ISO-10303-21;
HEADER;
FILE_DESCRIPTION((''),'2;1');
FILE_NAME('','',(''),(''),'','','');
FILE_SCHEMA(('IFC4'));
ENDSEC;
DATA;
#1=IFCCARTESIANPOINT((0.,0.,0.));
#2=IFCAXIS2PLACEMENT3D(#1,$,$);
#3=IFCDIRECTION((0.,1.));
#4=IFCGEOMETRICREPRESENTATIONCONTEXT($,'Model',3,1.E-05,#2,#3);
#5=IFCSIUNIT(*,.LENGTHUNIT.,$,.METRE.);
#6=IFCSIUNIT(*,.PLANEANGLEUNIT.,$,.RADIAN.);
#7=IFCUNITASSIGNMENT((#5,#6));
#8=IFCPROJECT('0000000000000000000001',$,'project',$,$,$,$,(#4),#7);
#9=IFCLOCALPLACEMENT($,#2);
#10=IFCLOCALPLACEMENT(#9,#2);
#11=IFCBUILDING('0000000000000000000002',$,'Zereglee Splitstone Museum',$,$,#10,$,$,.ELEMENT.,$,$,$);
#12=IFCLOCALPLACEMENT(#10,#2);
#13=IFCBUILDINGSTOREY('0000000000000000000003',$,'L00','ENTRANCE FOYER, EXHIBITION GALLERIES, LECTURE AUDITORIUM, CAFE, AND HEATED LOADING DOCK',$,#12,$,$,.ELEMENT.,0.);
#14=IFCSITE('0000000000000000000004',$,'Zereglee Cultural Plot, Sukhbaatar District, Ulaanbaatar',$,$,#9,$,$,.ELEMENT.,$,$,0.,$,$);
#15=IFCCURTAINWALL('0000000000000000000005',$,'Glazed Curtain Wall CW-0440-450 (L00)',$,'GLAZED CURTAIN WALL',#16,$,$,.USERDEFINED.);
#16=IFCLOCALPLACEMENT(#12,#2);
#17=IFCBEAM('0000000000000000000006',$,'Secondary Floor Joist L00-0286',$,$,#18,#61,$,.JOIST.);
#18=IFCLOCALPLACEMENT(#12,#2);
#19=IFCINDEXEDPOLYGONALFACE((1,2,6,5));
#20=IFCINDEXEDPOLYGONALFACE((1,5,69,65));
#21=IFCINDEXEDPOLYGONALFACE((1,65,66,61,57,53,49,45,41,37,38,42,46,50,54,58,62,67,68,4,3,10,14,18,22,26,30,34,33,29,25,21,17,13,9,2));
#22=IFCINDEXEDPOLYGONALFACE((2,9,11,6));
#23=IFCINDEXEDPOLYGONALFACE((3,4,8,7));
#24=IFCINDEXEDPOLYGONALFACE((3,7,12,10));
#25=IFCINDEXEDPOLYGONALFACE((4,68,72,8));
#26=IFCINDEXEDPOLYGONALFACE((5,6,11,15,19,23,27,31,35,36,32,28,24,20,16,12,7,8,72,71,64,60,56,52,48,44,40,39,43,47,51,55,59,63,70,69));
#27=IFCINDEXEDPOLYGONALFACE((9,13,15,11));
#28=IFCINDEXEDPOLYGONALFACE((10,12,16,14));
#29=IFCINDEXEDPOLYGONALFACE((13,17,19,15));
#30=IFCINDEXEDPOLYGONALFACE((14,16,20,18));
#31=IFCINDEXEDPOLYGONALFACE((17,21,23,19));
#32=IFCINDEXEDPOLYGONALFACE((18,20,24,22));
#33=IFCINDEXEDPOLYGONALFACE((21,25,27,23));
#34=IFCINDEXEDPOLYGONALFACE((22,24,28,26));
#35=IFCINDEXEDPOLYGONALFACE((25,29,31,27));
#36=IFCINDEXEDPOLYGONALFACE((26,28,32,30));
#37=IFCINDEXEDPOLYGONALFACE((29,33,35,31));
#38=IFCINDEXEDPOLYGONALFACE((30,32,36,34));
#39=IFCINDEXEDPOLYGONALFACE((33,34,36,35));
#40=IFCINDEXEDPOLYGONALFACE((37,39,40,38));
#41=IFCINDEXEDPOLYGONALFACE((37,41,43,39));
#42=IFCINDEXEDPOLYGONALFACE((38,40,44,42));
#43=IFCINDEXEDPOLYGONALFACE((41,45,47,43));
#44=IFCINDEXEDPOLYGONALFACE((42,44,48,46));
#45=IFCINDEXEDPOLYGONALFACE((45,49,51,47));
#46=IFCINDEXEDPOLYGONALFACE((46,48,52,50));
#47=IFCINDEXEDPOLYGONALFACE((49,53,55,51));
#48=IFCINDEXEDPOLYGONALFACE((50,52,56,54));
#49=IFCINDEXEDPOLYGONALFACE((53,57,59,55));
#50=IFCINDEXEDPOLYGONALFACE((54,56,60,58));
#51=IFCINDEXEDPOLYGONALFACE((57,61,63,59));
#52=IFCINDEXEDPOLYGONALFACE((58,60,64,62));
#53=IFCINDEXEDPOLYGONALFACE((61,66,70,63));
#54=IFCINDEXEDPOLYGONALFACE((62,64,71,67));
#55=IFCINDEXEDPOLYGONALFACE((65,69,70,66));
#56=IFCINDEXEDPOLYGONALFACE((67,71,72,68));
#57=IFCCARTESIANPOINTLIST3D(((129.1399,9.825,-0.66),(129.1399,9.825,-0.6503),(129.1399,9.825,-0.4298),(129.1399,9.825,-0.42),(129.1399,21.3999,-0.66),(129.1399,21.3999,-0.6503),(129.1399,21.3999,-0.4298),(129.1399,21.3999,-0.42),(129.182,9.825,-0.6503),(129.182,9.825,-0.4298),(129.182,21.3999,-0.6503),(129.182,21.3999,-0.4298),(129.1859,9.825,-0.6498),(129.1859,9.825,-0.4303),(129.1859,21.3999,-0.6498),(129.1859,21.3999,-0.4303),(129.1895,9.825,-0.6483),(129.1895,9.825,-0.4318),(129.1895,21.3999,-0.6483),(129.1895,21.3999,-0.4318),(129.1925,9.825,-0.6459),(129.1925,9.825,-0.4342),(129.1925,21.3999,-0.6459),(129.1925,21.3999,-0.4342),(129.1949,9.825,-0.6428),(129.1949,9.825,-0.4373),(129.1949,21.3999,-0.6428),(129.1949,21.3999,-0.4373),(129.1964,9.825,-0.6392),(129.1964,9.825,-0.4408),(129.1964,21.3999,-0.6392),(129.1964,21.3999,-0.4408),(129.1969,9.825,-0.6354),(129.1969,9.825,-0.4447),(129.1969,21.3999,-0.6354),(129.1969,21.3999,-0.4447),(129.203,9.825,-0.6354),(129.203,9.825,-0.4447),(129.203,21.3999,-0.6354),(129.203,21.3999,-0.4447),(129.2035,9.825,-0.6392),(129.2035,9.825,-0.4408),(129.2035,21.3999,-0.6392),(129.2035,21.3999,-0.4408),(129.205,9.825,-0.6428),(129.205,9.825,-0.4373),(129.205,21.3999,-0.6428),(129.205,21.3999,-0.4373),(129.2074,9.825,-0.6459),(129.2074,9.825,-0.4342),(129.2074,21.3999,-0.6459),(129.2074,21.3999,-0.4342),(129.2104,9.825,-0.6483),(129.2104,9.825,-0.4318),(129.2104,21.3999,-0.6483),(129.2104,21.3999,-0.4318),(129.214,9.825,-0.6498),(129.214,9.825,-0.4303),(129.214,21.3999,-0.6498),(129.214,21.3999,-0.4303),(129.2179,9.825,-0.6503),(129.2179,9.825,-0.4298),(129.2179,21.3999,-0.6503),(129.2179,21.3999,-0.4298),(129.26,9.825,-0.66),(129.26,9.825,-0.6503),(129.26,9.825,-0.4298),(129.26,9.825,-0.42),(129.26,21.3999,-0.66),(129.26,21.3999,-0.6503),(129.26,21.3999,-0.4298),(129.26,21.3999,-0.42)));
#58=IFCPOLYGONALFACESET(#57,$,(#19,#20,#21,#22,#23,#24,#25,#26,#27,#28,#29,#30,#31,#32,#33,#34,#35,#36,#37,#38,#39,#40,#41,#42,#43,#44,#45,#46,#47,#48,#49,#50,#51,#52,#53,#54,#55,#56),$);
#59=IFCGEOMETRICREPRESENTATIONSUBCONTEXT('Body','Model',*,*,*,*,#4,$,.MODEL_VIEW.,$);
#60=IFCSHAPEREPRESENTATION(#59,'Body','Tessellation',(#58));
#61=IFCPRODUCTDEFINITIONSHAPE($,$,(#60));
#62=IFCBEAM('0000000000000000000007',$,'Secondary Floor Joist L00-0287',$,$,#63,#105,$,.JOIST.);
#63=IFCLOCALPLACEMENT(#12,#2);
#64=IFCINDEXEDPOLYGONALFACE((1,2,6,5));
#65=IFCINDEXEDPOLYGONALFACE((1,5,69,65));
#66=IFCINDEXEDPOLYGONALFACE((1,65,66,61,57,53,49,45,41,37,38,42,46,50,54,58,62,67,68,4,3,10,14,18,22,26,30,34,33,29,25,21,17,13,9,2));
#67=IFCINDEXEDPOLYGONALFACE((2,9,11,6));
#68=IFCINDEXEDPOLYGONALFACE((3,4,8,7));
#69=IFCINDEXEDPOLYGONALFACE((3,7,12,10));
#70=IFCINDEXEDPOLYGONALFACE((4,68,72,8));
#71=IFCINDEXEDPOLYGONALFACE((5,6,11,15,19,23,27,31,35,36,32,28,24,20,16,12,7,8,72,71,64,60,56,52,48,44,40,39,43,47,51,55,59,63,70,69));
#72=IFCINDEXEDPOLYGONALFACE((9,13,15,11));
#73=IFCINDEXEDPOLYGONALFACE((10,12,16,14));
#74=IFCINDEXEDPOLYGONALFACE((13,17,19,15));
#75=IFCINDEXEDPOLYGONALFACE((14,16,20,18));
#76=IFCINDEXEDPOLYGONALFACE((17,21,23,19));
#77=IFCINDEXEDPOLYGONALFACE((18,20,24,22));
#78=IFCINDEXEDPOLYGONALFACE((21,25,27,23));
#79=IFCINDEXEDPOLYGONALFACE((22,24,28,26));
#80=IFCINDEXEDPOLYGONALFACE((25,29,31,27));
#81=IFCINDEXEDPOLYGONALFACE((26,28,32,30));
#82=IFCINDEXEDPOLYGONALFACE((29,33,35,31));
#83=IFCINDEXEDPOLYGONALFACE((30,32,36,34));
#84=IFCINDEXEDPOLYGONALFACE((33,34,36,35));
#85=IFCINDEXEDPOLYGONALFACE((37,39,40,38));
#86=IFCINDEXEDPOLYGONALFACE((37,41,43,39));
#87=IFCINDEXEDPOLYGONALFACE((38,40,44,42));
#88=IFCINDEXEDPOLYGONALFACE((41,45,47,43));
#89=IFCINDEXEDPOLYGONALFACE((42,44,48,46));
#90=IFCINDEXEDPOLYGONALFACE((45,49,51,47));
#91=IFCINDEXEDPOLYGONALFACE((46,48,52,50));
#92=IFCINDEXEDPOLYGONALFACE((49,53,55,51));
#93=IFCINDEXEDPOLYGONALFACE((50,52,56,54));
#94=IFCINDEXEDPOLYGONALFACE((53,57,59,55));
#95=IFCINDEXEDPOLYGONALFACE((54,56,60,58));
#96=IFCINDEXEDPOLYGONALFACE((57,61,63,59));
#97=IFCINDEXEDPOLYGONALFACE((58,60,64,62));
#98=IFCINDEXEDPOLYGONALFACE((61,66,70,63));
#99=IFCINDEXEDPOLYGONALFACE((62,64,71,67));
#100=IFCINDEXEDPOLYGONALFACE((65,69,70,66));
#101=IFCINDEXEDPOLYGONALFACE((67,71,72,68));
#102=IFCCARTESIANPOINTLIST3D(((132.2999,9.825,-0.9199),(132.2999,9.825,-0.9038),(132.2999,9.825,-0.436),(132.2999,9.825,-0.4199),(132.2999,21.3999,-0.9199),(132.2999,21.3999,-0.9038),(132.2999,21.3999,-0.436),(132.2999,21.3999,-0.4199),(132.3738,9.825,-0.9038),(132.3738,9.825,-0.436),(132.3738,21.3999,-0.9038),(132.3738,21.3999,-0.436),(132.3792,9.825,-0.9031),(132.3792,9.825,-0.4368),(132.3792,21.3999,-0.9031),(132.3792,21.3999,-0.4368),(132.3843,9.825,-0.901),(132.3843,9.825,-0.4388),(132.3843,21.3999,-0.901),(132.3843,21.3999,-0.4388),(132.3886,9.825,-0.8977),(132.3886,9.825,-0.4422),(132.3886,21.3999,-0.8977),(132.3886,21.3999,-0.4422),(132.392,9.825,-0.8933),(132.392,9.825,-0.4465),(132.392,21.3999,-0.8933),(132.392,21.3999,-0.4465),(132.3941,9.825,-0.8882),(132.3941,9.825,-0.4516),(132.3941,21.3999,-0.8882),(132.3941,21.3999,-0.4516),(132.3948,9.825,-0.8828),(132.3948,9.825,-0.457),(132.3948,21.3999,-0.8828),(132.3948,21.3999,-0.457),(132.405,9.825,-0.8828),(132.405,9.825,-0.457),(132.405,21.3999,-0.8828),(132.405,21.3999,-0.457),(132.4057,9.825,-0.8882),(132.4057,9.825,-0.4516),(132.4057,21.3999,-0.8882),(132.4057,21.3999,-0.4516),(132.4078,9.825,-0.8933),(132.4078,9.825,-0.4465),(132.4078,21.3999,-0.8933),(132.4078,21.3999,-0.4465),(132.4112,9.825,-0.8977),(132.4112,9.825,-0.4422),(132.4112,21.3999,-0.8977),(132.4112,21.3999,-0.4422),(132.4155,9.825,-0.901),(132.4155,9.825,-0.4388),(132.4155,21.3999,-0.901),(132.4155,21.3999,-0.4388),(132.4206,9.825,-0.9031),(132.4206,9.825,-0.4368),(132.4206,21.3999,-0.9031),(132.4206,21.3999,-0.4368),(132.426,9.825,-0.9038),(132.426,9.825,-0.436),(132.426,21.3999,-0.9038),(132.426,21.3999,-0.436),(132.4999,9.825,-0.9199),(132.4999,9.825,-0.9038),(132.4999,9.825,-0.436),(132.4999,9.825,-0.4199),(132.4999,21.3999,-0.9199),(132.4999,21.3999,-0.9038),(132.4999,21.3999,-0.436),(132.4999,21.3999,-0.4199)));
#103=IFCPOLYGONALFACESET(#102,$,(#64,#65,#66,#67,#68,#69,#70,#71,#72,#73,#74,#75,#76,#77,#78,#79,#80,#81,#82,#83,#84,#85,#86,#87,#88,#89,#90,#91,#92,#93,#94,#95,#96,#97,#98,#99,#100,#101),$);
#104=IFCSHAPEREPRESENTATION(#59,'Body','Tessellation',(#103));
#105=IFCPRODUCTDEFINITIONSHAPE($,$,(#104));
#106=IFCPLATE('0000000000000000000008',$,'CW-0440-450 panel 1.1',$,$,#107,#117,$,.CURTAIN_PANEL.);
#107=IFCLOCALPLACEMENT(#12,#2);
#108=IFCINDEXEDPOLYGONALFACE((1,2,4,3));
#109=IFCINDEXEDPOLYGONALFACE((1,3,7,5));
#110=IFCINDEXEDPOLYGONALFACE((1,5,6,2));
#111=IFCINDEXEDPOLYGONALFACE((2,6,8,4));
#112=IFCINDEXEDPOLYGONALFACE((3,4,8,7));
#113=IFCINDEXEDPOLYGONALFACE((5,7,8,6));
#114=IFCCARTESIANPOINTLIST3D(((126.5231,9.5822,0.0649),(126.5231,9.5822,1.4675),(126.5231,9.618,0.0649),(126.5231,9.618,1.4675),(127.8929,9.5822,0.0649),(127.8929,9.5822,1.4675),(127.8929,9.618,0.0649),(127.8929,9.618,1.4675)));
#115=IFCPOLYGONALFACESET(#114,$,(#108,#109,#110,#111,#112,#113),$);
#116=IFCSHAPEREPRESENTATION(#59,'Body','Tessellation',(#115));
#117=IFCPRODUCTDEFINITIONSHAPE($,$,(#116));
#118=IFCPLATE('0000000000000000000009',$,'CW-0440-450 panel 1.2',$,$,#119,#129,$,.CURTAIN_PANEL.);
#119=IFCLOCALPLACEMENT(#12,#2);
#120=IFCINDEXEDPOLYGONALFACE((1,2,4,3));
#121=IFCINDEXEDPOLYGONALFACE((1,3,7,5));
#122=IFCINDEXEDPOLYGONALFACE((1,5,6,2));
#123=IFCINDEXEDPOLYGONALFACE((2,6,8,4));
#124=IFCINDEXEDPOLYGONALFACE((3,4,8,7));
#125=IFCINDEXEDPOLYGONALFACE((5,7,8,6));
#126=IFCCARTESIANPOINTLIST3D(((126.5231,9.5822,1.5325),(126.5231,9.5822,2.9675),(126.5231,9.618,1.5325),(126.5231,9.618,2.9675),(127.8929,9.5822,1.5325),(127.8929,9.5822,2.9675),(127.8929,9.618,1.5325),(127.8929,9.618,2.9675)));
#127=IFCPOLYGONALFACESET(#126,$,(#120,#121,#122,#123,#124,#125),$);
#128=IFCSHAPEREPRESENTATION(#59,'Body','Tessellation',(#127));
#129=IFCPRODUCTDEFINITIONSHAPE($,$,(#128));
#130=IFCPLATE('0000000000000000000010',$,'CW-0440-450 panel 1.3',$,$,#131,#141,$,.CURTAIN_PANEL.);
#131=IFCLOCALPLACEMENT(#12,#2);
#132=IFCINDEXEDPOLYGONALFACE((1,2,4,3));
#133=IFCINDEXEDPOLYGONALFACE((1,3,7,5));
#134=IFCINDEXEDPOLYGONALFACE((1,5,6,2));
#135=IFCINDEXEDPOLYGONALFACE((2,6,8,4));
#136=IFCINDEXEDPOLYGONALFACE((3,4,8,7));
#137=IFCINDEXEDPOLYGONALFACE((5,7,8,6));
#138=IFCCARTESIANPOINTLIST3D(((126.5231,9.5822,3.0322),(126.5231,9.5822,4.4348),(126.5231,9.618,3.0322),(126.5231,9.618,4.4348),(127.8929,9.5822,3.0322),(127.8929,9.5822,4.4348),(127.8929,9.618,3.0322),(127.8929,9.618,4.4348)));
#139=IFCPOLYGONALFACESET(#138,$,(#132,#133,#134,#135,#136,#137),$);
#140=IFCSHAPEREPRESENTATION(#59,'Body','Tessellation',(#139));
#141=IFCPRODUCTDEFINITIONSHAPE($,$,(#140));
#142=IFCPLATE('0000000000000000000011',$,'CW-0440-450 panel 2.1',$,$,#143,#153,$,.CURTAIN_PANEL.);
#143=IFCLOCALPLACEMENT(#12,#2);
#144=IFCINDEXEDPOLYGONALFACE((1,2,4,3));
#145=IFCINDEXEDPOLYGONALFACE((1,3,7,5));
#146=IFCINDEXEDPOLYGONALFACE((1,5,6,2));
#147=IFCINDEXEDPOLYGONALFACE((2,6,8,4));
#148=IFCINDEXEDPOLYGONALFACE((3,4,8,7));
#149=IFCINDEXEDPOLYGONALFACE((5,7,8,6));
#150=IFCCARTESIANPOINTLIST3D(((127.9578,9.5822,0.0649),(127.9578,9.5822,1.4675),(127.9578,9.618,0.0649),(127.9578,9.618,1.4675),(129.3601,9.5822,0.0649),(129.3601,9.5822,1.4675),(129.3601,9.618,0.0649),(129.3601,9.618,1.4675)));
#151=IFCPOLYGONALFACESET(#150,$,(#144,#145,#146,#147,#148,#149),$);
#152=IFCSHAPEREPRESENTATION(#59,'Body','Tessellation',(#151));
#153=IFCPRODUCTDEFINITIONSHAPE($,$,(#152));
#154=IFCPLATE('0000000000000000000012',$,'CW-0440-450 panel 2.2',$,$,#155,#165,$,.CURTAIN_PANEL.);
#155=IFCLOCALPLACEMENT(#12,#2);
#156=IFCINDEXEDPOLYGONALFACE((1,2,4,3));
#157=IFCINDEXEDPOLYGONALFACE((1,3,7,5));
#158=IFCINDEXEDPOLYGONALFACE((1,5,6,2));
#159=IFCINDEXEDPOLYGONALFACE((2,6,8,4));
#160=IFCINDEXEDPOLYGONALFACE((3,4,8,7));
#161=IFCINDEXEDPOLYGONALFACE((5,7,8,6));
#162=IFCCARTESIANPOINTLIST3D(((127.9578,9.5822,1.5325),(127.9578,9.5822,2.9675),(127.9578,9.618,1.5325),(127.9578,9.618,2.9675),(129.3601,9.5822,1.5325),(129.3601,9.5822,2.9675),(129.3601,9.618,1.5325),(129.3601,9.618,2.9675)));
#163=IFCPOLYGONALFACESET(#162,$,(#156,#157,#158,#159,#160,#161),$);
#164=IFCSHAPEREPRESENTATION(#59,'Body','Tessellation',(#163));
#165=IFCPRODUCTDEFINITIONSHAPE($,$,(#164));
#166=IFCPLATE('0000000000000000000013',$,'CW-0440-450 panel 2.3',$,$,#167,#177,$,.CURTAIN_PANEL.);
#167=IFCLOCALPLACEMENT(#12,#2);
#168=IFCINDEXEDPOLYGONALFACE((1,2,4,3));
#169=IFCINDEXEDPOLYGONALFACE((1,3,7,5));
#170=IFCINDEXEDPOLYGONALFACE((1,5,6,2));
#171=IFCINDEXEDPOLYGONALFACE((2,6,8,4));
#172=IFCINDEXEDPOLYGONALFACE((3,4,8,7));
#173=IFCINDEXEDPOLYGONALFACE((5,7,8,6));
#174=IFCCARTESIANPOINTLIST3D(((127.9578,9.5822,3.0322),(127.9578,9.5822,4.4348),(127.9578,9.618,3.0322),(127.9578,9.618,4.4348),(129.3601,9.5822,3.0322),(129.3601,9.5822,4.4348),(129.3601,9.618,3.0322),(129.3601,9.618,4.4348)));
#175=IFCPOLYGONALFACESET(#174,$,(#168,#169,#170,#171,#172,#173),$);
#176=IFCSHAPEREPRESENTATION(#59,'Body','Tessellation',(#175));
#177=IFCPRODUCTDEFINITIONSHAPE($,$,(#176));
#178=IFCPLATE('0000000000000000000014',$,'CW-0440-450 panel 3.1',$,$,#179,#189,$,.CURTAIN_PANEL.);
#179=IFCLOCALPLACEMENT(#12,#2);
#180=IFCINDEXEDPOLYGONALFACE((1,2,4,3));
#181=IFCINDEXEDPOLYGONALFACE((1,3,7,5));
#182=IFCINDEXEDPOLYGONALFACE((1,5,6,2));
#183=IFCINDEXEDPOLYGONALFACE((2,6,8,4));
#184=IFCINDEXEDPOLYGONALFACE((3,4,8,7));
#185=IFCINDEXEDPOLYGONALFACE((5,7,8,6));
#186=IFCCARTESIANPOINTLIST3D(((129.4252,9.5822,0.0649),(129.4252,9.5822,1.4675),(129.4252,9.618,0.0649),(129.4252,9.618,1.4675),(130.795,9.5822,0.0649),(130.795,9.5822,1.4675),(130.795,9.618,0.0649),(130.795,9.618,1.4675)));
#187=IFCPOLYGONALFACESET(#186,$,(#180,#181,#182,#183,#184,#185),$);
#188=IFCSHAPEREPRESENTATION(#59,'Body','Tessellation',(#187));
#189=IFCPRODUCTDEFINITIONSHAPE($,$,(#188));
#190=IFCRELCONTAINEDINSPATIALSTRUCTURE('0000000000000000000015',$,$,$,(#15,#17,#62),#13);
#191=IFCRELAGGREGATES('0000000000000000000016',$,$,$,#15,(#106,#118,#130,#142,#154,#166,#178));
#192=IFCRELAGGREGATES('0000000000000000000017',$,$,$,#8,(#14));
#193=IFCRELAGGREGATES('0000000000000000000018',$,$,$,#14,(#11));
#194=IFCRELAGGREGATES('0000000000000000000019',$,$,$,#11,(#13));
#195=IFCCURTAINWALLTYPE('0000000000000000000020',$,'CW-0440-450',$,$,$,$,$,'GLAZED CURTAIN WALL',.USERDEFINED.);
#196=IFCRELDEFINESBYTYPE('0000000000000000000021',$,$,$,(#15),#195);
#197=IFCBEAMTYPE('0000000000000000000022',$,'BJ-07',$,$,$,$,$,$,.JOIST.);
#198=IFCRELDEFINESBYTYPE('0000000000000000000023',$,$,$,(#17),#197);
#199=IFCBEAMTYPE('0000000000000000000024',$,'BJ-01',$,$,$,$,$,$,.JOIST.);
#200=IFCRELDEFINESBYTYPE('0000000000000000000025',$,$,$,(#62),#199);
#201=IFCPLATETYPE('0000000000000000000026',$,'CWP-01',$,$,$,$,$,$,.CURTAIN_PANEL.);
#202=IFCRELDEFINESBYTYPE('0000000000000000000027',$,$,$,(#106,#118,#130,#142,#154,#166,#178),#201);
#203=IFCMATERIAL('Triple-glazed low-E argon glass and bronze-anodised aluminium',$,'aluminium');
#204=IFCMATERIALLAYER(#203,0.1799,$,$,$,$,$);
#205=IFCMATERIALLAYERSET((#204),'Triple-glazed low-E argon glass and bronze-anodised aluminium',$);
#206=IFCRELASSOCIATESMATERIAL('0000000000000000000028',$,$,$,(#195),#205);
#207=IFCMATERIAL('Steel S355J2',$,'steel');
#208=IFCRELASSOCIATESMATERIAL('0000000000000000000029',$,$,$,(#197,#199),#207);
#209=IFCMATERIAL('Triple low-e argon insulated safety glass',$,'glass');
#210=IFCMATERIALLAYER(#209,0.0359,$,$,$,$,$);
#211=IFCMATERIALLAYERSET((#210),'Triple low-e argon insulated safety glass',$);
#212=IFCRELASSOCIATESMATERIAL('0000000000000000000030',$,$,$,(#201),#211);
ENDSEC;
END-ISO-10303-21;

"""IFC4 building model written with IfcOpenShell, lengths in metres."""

from ifc_helpers import new_model, si_unit, direction, frame, origin, origin_2d, place, context, subcontext, project, spatial, rectangle, i_section, extrude, material, layer, layer_set, material_profile, profile_set, type_object, element, aggregate, save


model = new_model("IFC4")

# Units and contexts
model_context = context("Model", 3, precision=1e-05, world=origin(), true_north=direction((0.0, 1.0)))
body_context = subcontext(model_context, "Body", "Model", "MODEL_VIEW")
ifc_project = project(units=[si_unit("LENGTHUNIT", "METRE"), si_unit("PLANEANGLEUNIT", "RADIAN")], contexts=[model_context])

# Site, building, storey
site_placement = place(None, origin())
site = spatial("IfcSite", under=ifc_project, at=site_placement, Name="Zereglee Cultural Plot, Sukhbaatar District, Ulaanbaatar", CompositionType="ELEMENT", RefElevation=0.0)
building_placement = place(site_placement, origin())
building = spatial("IfcBuilding", under=site, at=building_placement, Name="Zereglee Splitstone Museum", CompositionType="ELEMENT")
storey_placement = place(building_placement, origin())
storey = spatial("IfcBuildingStorey", under=building, at=storey_placement, Name="L00", Description="ENTRANCE FOYER, EXHIBITION GALLERIES, LECTURE AUDITORIUM, CAFE, AND HEATED LOADING DOCK", CompositionType="ELEMENT", Elevation=0.0)

# Curtain wall
ifc_material_1 = material(Name="Triple-glazed low-E argon glass and bronze-anodised aluminium", Category="aluminium")
ifc_layer_1 = layer(ifc_material_1, 0.1799)
ifc_layer_set_1 = layer_set([ifc_layer_1], Name="Triple-glazed low-E argon glass and bronze-anodised aluminium")
curtain_wall_type_1 = type_object("IfcCurtainWallType", Name="CW-0440-450", ElementType="GLAZED CURTAIN WALL", PredefinedType="USERDEFINED", material=ifc_layer_set_1)
curtain_wall_1_placement = place(storey_placement, origin())
curtain_wall_1 = element("IfcCurtainWall", 1, at=curtain_wall_1_placement, inside=storey, type_object=curtain_wall_type_1, Name="Glazed Curtain Wall CW-0440-450 (L00)", ObjectType="GLAZED CURTAIN WALL", PredefinedType="USERDEFINED")

# Beams
ifc_material_2 = material(Name="Steel S355J2", Category="steel")
ifc_material_profile_1 = material_profile(ifc_material_2, i_section(OverallWidth=0.1201, OverallDepth=0.24, WebThickness=0.0061, FlangeThickness=0.0098, FilletRadius=0.0149, at=origin_2d()), Name="IPE 240")
ifc_profile_set_1 = profile_set([ifc_material_profile_1], Name="Steel S355J2")
beam_type_1 = type_object("IfcBeamType", Name="BJ-07", PredefinedType="JOIST", material=ifc_profile_set_1)
beam_1_placement = place(storey_placement, frame((129.2, 9.825, -0.54), z_axis=(0.0, 1.0, 0.0), x_axis=(-1.0, 0.0, 0.0)))
element("IfcBeam", 2, at=beam_1_placement, inside=storey, type_object=beam_type_1, Name="Secondary Floor Joist L00-0286", PredefinedType="JOIST", context=body_context, shape_type="SweptSolid", body=[
    extrude(i_section(OverallWidth=0.1201, OverallDepth=0.24, WebThickness=0.0061, FlangeThickness=0.0098, FilletRadius=0.0149, at=origin_2d()), origin(), (0.0, 0.0, 1.0), 11.575),
])
ifc_material_profile_2 = material_profile(ifc_material_2, i_section(OverallWidth=0.2, OverallDepth=0.5, WebThickness=0.0103, FlangeThickness=0.0161, FilletRadius=0.021, at=origin_2d()), Name="IPE 500")
ifc_profile_set_2 = profile_set([ifc_material_profile_2], Name="Steel S355J2")
beam_type_2 = type_object("IfcBeamType", Name="BJ-01", PredefinedType="JOIST", material=ifc_profile_set_2)
beam_2_placement = place(storey_placement, frame((132.3999, 9.825, -0.6699), z_axis=(0.0, 1.0, 0.0), x_axis=(-1.0, 0.0, 0.0)))
element("IfcBeam", 3, at=beam_2_placement, inside=storey, type_object=beam_type_2, Name="Secondary Floor Joist L00-0287", PredefinedType="JOIST", context=body_context, shape_type="SweptSolid", body=[
    extrude(i_section(OverallWidth=0.2, OverallDepth=0.5, WebThickness=0.0103, FlangeThickness=0.0161, FilletRadius=0.021, at=origin_2d()), origin(), (0.0, 0.0, 1.0), 11.575),
])

# Plates
ifc_material_3 = material(Name="Triple low-e argon insulated safety glass", Category="glass")
ifc_layer_2 = layer(ifc_material_3, 0.0359)
ifc_layer_set_2 = layer_set([ifc_layer_2], Name="Triple low-e argon insulated safety glass")
plate_type = type_object("IfcPlateType", Name="CWP-01", PredefinedType="CURTAIN_PANEL", material=ifc_layer_set_2)
plate_1_placement = place(storey_placement, frame((127.208, 9.6001, 0.0649), z_axis=(0.0, 0.0, 1.0), x_axis=(1.0, 0.0, 0.0)))
plate_1 = element("IfcPlate", 4, at=plate_1_placement, type_object=plate_type, Name="CW-0440-450 panel 1.1", PredefinedType="CURTAIN_PANEL", context=body_context, shape_type="SweptSolid", body=[
    extrude(rectangle(XDim=1.3699, YDim=0.0359, at=origin_2d()), origin(), (0.0, 0.0, 1.0), 1.4026),
])
plate_2_placement = place(storey_placement, frame((127.208, 9.6001, 1.5325), z_axis=(0.0, 0.0, 1.0), x_axis=(1.0, 0.0, 0.0)))
plate_2 = element("IfcPlate", 5, at=plate_2_placement, type_object=plate_type, Name="CW-0440-450 panel 1.2", PredefinedType="CURTAIN_PANEL", context=body_context, shape_type="SweptSolid", body=[
    extrude(rectangle(XDim=1.3699, YDim=0.0359, at=origin_2d()), origin(), (0.0, 0.0, 1.0), 1.4351),
])
plate_3_placement = place(storey_placement, frame((127.208, 9.6001, 3.0322), z_axis=(0.0, 0.0, 1.0), x_axis=(1.0, 0.0, 0.0)))
plate_3 = element("IfcPlate", 6, at=plate_3_placement, type_object=plate_type, Name="CW-0440-450 panel 1.3", PredefinedType="CURTAIN_PANEL", context=body_context, shape_type="SweptSolid", body=[
    extrude(rectangle(XDim=1.3699, YDim=0.0359, at=origin_2d()), origin(), (0.0, 0.0, 1.0), 1.4026),
])
plate_4_placement = place(storey_placement, frame((128.6589, 9.6001, 0.0649), z_axis=(0.0, 0.0, 1.0), x_axis=(1.0, 0.0, 0.0)))
plate_4 = element("IfcPlate", 7, at=plate_4_placement, type_object=plate_type, Name="CW-0440-450 panel 2.1", PredefinedType="CURTAIN_PANEL", context=body_context, shape_type="SweptSolid", body=[
    extrude(rectangle(XDim=1.4023, YDim=0.0359, at=origin_2d()), origin(), (0.0, 0.0, 1.0), 1.4026),
])
plate_5_placement = place(storey_placement, frame((128.6589, 9.6001, 1.5325), z_axis=(0.0, 0.0, 1.0), x_axis=(1.0, 0.0, 0.0)))
plate_5 = element("IfcPlate", 8, at=plate_5_placement, type_object=plate_type, Name="CW-0440-450 panel 2.2", PredefinedType="CURTAIN_PANEL", context=body_context, shape_type="SweptSolid", body=[
    extrude(rectangle(XDim=1.4023, YDim=0.0359, at=origin_2d()), origin(), (0.0, 0.0, 1.0), 1.4351),
])
plate_6_placement = place(storey_placement, frame((128.6589, 9.6001, 3.0322), z_axis=(0.0, 0.0, 1.0), x_axis=(1.0, 0.0, 0.0)))
plate_6 = element("IfcPlate", 9, at=plate_6_placement, type_object=plate_type, Name="CW-0440-450 panel 2.3", PredefinedType="CURTAIN_PANEL", context=body_context, shape_type="SweptSolid", body=[
    extrude(rectangle(XDim=1.4023, YDim=0.0359, at=origin_2d()), origin(), (0.0, 0.0, 1.0), 1.4026),
])
plate_7_placement = place(storey_placement, frame((130.1101, 9.6001, 0.0649), z_axis=(0.0, 0.0, 1.0), x_axis=(1.0, 0.0, 0.0)))
plate_7 = element("IfcPlate", 10, at=plate_7_placement, type_object=plate_type, Name="CW-0440-450 panel 3.1", PredefinedType="CURTAIN_PANEL", context=body_context, shape_type="SweptSolid", body=[
    extrude(rectangle(XDim=1.3699, YDim=0.0359, at=origin_2d()), origin(), (0.0, 0.0, 1.0), 1.4026),
])
aggregate(curtain_wall_1, [plate_1, plate_2, plate_3, plate_4, plate_5, plate_6, plate_7])

save(model, "model.ifc")
